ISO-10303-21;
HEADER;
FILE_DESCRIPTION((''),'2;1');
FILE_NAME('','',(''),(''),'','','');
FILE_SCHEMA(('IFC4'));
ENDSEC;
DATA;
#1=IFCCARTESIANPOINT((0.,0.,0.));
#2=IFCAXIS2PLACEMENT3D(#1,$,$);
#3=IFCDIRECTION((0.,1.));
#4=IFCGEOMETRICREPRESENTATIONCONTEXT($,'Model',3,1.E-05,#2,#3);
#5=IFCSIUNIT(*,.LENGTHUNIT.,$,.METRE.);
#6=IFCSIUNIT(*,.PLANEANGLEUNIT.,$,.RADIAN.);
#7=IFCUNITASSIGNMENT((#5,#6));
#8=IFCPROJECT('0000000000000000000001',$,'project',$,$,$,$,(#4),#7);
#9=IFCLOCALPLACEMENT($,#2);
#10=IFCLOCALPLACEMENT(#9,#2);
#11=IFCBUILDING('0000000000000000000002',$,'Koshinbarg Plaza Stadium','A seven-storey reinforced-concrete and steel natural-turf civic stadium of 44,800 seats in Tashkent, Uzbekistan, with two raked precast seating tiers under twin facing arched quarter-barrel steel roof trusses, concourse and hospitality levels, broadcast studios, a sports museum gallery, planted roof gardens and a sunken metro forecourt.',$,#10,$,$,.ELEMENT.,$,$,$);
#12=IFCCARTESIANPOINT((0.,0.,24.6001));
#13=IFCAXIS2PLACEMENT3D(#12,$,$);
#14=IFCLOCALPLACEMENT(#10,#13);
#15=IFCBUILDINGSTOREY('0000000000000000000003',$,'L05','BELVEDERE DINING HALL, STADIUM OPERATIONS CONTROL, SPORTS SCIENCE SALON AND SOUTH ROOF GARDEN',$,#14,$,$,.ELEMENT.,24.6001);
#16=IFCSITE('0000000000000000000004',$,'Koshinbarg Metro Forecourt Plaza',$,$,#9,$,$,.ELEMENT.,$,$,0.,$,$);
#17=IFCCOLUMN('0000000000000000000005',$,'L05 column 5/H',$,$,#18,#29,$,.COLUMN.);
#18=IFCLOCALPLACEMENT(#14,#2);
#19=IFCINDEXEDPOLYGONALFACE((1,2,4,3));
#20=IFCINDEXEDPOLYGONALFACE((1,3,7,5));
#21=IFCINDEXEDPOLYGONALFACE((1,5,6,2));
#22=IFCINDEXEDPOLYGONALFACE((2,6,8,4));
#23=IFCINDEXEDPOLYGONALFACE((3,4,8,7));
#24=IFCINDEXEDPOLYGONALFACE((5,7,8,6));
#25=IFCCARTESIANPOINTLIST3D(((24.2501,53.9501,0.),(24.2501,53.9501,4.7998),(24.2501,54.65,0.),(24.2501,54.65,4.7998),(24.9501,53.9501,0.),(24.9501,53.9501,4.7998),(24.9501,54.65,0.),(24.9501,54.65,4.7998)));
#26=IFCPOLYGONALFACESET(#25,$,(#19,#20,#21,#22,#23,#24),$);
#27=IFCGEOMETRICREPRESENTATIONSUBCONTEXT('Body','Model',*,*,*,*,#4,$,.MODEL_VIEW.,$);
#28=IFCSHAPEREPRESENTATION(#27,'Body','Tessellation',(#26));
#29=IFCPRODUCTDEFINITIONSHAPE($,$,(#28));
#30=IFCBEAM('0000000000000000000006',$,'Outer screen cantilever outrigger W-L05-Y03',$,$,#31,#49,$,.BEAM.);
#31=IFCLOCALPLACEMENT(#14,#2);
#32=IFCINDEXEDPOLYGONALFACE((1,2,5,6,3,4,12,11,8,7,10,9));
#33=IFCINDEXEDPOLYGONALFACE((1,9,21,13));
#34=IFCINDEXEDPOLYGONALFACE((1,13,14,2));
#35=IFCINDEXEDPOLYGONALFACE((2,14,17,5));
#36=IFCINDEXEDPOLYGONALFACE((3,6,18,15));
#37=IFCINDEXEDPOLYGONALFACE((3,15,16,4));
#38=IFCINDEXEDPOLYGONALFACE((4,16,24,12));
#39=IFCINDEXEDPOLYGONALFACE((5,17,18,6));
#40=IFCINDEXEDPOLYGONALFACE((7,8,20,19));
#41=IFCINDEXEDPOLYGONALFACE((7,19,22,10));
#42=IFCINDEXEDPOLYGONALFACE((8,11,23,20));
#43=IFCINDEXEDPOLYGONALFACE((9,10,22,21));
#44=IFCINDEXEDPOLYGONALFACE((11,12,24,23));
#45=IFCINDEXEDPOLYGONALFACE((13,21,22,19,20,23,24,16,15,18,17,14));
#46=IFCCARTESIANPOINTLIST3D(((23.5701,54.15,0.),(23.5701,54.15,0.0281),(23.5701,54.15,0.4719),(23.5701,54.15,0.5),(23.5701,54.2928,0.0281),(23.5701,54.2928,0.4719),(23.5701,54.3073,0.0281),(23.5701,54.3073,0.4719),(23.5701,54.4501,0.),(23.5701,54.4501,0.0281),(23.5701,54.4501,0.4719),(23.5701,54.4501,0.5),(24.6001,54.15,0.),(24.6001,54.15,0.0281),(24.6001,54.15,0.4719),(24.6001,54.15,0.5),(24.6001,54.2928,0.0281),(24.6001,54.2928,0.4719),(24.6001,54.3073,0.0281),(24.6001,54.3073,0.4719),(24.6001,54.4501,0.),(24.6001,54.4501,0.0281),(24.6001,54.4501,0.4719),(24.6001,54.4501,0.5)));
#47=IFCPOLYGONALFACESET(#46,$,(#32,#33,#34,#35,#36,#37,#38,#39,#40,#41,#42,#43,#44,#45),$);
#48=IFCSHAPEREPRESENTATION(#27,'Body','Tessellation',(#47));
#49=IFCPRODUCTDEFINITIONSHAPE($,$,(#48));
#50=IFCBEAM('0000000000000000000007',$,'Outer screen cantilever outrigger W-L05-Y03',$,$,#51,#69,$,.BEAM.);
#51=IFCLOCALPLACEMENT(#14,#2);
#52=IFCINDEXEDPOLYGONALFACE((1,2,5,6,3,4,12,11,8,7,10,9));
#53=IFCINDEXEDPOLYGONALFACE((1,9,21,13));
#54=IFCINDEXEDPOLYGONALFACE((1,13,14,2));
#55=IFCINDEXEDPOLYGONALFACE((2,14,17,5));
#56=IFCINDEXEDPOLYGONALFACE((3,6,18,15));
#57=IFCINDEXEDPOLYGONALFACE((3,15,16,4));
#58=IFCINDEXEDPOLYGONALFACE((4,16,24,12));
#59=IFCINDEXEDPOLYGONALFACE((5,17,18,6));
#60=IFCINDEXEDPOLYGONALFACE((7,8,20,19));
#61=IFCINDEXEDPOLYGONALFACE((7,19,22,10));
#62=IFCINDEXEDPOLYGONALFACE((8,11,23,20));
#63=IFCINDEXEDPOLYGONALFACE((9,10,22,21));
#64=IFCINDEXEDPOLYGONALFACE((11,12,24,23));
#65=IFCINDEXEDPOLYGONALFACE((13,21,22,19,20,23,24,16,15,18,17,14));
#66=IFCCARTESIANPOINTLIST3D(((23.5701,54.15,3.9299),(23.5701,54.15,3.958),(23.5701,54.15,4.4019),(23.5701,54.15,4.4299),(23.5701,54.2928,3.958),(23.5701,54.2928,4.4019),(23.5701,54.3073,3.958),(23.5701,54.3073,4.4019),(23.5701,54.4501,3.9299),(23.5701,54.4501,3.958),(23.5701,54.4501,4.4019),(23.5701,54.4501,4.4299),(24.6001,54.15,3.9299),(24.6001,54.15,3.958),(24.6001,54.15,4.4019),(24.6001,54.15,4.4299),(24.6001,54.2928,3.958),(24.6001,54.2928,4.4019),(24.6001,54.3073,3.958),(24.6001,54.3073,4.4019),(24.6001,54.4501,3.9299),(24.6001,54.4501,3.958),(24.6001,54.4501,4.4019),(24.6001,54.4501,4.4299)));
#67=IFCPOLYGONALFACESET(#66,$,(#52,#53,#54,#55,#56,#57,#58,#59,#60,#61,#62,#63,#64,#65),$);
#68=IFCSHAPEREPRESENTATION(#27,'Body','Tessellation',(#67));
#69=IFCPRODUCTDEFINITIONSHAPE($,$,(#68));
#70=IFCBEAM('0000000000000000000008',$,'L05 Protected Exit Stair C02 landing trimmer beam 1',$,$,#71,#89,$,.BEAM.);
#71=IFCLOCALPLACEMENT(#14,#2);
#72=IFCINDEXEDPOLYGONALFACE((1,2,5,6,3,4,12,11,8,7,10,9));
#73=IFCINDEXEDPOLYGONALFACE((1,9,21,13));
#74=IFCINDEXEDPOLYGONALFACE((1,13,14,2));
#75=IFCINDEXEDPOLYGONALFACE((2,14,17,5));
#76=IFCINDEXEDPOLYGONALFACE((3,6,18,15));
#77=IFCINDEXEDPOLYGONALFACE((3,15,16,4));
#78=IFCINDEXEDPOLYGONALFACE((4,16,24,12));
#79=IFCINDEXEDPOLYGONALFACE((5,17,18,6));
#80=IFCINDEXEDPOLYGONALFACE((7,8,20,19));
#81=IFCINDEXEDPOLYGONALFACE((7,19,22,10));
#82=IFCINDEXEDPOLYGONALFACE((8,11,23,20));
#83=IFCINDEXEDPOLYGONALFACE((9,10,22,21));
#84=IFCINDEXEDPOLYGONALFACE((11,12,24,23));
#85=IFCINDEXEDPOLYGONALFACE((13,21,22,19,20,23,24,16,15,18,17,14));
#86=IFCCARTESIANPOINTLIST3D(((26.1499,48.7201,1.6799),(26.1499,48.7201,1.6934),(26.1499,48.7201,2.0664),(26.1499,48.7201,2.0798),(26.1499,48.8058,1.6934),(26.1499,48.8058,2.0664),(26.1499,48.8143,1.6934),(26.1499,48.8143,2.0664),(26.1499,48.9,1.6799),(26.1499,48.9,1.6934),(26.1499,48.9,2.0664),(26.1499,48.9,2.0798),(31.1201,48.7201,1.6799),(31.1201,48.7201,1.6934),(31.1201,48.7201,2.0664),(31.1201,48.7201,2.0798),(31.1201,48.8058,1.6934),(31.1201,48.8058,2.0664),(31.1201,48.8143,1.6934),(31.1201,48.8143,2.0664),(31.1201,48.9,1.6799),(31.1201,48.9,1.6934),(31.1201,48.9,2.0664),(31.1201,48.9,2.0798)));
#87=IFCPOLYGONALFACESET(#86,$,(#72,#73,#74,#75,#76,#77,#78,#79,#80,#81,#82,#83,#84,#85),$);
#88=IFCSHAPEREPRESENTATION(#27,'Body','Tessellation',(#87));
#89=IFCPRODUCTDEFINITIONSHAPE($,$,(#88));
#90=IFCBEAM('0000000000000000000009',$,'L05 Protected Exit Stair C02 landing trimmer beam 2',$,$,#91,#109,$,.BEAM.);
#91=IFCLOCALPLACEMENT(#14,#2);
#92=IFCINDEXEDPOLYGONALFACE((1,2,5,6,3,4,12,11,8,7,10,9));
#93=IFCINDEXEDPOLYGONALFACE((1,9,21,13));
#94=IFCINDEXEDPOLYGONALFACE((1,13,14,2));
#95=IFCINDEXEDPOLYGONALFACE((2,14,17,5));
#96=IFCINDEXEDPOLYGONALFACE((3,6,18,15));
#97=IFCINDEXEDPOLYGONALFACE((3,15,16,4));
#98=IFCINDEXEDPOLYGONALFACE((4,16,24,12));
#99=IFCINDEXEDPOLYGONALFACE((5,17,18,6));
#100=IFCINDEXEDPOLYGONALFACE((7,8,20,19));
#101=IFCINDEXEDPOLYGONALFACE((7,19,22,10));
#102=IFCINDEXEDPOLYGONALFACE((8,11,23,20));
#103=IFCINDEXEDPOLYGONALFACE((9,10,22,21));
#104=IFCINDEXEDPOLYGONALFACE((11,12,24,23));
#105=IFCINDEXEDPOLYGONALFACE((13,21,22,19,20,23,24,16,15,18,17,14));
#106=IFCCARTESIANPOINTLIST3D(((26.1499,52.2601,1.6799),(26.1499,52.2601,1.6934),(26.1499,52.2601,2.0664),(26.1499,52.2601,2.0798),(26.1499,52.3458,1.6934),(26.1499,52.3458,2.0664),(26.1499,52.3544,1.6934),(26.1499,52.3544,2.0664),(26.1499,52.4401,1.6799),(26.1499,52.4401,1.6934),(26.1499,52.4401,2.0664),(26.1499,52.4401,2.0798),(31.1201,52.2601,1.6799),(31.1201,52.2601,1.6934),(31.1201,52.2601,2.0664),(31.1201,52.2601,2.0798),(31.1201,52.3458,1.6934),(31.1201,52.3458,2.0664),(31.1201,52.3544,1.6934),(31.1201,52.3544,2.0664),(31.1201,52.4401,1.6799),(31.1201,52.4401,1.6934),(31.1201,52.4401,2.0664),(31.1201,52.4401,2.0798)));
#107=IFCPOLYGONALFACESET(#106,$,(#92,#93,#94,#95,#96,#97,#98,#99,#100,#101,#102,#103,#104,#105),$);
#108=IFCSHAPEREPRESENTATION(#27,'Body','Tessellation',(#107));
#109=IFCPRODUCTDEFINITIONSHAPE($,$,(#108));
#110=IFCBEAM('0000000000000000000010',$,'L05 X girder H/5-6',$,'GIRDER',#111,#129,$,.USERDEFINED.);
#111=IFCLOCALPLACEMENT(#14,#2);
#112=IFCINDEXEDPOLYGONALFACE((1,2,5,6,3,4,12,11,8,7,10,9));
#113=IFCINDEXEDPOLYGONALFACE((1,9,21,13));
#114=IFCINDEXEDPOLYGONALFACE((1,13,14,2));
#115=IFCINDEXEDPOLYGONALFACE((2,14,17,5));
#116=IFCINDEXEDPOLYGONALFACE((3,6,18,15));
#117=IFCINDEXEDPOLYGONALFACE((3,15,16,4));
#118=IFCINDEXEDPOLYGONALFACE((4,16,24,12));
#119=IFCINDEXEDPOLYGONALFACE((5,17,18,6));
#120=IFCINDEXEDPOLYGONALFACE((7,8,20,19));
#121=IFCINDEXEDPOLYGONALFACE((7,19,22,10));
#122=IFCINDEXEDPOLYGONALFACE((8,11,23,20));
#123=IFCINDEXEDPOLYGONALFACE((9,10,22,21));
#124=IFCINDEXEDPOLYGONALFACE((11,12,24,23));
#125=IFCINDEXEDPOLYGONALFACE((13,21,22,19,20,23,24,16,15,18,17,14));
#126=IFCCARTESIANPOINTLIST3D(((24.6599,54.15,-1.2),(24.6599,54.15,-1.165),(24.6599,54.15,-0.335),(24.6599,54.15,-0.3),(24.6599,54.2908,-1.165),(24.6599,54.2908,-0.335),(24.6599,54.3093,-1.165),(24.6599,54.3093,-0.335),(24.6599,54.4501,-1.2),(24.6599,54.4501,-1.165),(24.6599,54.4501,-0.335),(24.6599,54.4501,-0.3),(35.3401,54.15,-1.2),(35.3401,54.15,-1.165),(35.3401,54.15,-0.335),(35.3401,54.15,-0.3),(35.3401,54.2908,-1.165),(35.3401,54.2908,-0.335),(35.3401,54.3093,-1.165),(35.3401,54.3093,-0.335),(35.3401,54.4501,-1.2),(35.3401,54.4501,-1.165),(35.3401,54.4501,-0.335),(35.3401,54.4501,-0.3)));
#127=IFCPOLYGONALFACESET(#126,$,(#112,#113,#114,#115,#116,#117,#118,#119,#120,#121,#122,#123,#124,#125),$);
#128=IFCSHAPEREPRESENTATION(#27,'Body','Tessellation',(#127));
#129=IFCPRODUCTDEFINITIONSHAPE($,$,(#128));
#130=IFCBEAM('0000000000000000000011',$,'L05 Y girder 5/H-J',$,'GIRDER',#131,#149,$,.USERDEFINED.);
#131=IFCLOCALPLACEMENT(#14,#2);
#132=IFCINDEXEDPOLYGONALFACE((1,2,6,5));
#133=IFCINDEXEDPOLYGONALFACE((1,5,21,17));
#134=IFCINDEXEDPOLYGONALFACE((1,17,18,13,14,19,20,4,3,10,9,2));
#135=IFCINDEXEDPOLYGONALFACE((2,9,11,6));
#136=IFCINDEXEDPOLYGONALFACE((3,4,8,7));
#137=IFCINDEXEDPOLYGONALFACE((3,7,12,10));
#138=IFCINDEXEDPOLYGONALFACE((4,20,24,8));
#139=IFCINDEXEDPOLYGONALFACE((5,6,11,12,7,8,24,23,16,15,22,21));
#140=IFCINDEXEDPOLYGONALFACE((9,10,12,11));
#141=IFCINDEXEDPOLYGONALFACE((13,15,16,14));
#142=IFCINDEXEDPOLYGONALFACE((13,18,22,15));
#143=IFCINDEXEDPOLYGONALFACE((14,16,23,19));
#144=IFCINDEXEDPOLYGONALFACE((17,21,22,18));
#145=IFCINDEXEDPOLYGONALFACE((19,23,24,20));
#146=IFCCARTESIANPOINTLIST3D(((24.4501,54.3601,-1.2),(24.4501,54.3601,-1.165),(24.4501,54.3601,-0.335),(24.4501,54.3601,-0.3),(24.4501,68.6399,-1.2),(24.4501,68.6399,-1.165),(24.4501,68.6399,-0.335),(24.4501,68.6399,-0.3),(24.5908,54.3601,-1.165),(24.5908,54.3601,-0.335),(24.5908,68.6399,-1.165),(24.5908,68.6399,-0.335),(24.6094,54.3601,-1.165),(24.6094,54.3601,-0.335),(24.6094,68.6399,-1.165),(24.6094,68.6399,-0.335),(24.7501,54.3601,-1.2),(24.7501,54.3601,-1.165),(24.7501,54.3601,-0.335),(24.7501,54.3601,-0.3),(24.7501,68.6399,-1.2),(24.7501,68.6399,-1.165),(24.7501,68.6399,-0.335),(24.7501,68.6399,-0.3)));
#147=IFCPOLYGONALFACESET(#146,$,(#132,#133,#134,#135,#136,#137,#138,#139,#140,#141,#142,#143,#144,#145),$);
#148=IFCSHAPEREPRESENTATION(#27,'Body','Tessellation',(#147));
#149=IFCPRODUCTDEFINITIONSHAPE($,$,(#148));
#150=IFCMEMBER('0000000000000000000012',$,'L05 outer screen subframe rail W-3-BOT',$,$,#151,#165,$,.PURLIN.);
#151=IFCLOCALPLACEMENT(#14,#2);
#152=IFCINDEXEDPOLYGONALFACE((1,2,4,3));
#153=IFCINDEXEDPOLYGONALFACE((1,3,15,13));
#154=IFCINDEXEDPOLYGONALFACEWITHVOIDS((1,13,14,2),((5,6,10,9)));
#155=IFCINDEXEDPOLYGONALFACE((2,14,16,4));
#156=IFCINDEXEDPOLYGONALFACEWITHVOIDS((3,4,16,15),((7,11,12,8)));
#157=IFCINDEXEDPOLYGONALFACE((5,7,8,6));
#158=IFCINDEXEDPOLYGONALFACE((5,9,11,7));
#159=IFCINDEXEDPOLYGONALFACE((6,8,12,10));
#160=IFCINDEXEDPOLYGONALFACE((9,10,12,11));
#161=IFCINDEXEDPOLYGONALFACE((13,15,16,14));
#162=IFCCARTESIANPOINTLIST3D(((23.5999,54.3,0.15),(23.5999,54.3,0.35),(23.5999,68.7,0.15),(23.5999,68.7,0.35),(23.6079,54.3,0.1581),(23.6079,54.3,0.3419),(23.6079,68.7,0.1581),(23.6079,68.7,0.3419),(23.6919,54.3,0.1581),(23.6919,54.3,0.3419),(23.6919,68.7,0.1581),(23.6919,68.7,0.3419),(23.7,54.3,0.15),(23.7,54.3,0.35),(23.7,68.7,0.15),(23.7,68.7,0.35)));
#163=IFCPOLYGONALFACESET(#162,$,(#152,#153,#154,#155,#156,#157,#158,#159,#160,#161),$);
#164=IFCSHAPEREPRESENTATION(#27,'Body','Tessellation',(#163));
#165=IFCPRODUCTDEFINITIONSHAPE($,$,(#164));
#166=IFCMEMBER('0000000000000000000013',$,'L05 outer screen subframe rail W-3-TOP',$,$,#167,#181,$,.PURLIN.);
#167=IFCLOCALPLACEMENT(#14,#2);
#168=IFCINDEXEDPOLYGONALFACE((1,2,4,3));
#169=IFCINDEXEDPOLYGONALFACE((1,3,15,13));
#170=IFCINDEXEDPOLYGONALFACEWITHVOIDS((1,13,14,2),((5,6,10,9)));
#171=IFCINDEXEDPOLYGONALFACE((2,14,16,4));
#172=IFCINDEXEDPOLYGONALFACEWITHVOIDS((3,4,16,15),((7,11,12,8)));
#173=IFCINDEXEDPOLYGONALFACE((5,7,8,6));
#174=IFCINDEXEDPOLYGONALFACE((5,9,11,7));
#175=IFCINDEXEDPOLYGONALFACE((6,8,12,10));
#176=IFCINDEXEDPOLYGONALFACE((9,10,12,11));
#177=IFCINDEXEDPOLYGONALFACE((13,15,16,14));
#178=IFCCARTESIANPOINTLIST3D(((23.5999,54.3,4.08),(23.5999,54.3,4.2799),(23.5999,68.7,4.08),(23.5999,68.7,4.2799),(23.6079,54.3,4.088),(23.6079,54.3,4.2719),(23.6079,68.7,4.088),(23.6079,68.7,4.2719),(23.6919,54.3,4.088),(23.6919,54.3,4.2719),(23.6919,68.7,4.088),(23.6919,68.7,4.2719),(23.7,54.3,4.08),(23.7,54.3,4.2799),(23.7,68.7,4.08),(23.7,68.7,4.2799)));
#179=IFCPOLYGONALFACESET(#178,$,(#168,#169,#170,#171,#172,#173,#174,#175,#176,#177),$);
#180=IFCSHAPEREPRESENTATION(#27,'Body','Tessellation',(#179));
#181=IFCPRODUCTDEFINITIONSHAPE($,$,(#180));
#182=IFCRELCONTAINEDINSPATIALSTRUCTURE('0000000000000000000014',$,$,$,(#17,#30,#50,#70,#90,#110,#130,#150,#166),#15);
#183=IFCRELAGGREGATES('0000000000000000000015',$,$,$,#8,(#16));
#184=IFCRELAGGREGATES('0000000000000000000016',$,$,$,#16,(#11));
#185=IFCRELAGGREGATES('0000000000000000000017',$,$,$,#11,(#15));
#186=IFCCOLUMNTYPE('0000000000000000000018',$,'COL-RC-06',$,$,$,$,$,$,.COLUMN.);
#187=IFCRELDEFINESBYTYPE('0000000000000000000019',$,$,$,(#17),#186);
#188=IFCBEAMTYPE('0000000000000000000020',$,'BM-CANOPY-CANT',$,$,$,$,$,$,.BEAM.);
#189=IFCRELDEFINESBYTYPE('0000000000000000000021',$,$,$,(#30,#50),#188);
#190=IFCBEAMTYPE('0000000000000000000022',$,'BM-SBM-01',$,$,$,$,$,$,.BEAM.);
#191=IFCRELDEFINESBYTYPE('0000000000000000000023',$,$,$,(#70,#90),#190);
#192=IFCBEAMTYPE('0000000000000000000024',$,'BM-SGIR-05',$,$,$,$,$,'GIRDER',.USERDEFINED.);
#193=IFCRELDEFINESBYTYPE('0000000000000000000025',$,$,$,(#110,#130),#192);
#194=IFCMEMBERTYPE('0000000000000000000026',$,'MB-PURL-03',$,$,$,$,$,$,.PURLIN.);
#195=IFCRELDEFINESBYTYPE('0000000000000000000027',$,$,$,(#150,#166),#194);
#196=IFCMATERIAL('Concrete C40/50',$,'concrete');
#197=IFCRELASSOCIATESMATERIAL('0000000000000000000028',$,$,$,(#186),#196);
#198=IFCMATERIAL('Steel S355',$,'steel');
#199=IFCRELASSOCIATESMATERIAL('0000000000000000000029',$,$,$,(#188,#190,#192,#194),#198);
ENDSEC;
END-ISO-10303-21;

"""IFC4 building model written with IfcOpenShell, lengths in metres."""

from ifc_helpers import new_model, si_unit, direction, frame, origin, origin_2d, place, context, subcontext, project, spatial, rectangle, hollow_rectangle, i_section, extrude, material, material_profile, profile_set, type_object, element, save


model = new_model("IFC4")

# Units and contexts
model_context = context("Model", 3, precision=1e-05, world=origin(), true_north=direction((0.0, 1.0)))
body_context = subcontext(model_context, "Body", "Model", "MODEL_VIEW")
ifc_project = project(units=[si_unit("LENGTHUNIT", "METRE"), si_unit("PLANEANGLEUNIT", "RADIAN")], contexts=[model_context])

# Site, building, storey
site_placement = place(None, origin())
site = spatial("IfcSite", under=ifc_project, at=site_placement, Name="Koshinbarg Metro Forecourt Plaza", CompositionType="ELEMENT", RefElevation=0.0)
building_placement = place(site_placement, origin())
building = spatial("IfcBuilding", under=site, at=building_placement, Name="Koshinbarg Plaza Stadium", Description="A seven-storey reinforced-concrete and steel natural-turf civic stadium of 44,800 seats in Tashkent, Uzbekistan, with two raked precast seating tiers under twin facing arched quarter-barrel steel roof trusses, concourse and hospitality levels, broadcast studios, a sports museum gallery, planted roof gardens and a sunken metro forecourt.", CompositionType="ELEMENT")
storey_placement = place(building_placement, frame((0.0, 0.0, 24.6001)))
storey = spatial("IfcBuildingStorey", under=building, at=storey_placement, Name="L05", Description="BELVEDERE DINING HALL, STADIUM OPERATIONS CONTROL, SPORTS SCIENCE SALON AND SOUTH ROOF GARDEN", CompositionType="ELEMENT", Elevation=24.6001)

# Column
ifc_material_1 = material(Name="Concrete C40/50", Category="concrete")
ifc_material_profile_1 = material_profile(ifc_material_1, rectangle(XDim=0.7, YDim=0.7, at=origin_2d()), Name="RC 700x700")
ifc_profile_set_1 = profile_set([ifc_material_profile_1], Name="Concrete C40/50")
column_type = type_object("IfcColumnType", Name="COL-RC-06", PredefinedType="COLUMN", material=ifc_profile_set_1)
column_placement = place(storey_placement, frame((24.6001, 54.3, 0.0), z_axis=(0.0, 0.0, 1.0), x_axis=(1.0, 0.0, 0.0)))
element("IfcColumn", 1, at=column_placement, inside=storey, type_object=column_type, Name="L05 column 5/H", PredefinedType="COLUMN", context=body_context, shape_type="SweptSolid", body=[
    extrude(rectangle(XDim=0.7, YDim=0.7, at=origin_2d()), origin(), (0.0, 0.0, 1.0), 4.7998),
])

# Beams
ifc_material_2 = material(Name="Steel S355", Category="steel")
ifc_material_profile_2 = material_profile(ifc_material_2, i_section(OverallWidth=0.3, OverallDepth=0.5, WebThickness=0.0144, FlangeThickness=0.0281, at=origin_2d()), Name="HEB 500")
ifc_profile_set_2 = profile_set([ifc_material_profile_2], Name="Steel S355")
beam_type_1 = type_object("IfcBeamType", Name="BM-CANOPY-CANT", PredefinedType="BEAM", material=ifc_profile_set_2)
for number, where, z_axis, x_axis, name in (
    (2, (24.6001, 54.3, 0.25), (-1.0, 0.0, 0.0), (0.0, -1.0, 0.0), "Outer screen cantilever outrigger W-L05-Y03"),
    (3, (24.6001, 54.3, 4.1799), (-1.0, 0.0, 0.0), (0.0, -1.0, 0.0), "Outer screen cantilever outrigger W-L05-Y03"),
):
    element("IfcBeam", number, at=place(storey_placement, frame(where, z_axis=z_axis, x_axis=x_axis)), inside=storey, type_object=beam_type_1, Name=name, PredefinedType="BEAM", context=body_context, shape_type="SweptSolid", body=[
        extrude(i_section(OverallWidth=0.3, OverallDepth=0.5, WebThickness=0.0144, FlangeThickness=0.0281, at=origin_2d()), origin(), (0.0, 0.0, 1.0), 1.03),
    ])
ifc_material_profile_3 = material_profile(ifc_material_2, i_section(OverallWidth=0.1799, OverallDepth=0.3999, WebThickness=0.0085, FlangeThickness=0.0134, at=origin_2d()), Name="IPE 400")
ifc_profile_set_3 = profile_set([ifc_material_profile_3], Name="Steel S355")
beam_type_2 = type_object("IfcBeamType", Name="BM-SBM-01", PredefinedType="BEAM", material=ifc_profile_set_3)
for number, where, z_axis, x_axis, name in (
    (4, (26.1499, 48.8101, 1.8799), (1.0, 0.0, 0.0), (0.0, 1.0, 0.0), "L05 Protected Exit Stair C02 landing trimmer beam 1"),
    (5, (26.1499, 52.3501, 1.8799), (1.0, 0.0, 0.0), (0.0, 1.0, 0.0), "L05 Protected Exit Stair C02 landing trimmer beam 2"),
):
    element("IfcBeam", number, at=place(storey_placement, frame(where, z_axis=z_axis, x_axis=x_axis)), inside=storey, type_object=beam_type_2, Name=name, PredefinedType="BEAM", context=body_context, shape_type="SweptSolid", body=[
        extrude(i_section(OverallWidth=0.1799, OverallDepth=0.3999, WebThickness=0.0085, FlangeThickness=0.0134, at=origin_2d()), origin(), (0.0, 0.0, 1.0), 4.9702),
    ])
ifc_material_profile_4 = material_profile(ifc_material_2, i_section(OverallWidth=0.3, OverallDepth=0.8999, WebThickness=0.0186, FlangeThickness=0.0349, at=origin_2d()), Name="HEB 900")
ifc_profile_set_4 = profile_set([ifc_material_profile_4], Name="Steel S355")
beam_type_3 = type_object("IfcBeamType", Name="BM-SGIR-05", ElementType="GIRDER", PredefinedType="USERDEFINED", material=ifc_profile_set_4)
beam_1_placement = place(storey_placement, frame((24.6599, 54.3, -0.75), z_axis=(1.0, 0.0, 0.0), x_axis=(0.0, 1.0, 0.0)))
element("IfcBeam", 6, at=beam_1_placement, inside=storey, type_object=beam_type_3, Name="L05 X girder H/5-6", ObjectType="GIRDER", PredefinedType="USERDEFINED", context=body_context, shape_type="SweptSolid", body=[
    extrude(i_section(OverallWidth=0.3, OverallDepth=0.8999, WebThickness=0.0186, FlangeThickness=0.0349, at=origin_2d()), origin(), (0.0, 0.0, 1.0), 10.6802),
])
beam_2_placement = place(storey_placement, frame((24.6001, 54.3601, -0.75), z_axis=(0.0, 1.0, 0.0), x_axis=(-1.0, 0.0, 0.0)))
element("IfcBeam", 7, at=beam_2_placement, inside=storey, type_object=beam_type_3, Name="L05 Y girder 5/H-J", ObjectType="GIRDER", PredefinedType="USERDEFINED", context=body_context, shape_type="SweptSolid", body=[
    extrude(i_section(OverallWidth=0.3, OverallDepth=0.8999, WebThickness=0.0186, FlangeThickness=0.0349, at=origin_2d()), origin(), (0.0, 0.0, 1.0), 14.2798),
])

# Members
ifc_material_profile_5 = material_profile(ifc_material_2, hollow_rectangle(XDim=0.1001, YDim=0.2, WallThickness=0.0081, at=origin_2d()), Name="RHS 200x100x8")
ifc_profile_set_5 = profile_set([ifc_material_profile_5], Name="Steel S355")
member_type = type_object("IfcMemberType", Name="MB-PURL-03", PredefinedType="PURLIN", material=ifc_profile_set_5)
for number, where, z_axis, x_axis, name in (
    (8, (23.6499, 54.3, 0.25), (0.0, 1.0, 0.0), (-1.0, 0.0, 0.0), "L05 outer screen subframe rail W-3-BOT"),
    (9, (23.6499, 54.3, 4.1799), (0.0, 1.0, 0.0), (-1.0, 0.0, 0.0), "L05 outer screen subframe rail W-3-TOP"),
):
    element("IfcMember", number, at=place(storey_placement, frame(where, z_axis=z_axis, x_axis=x_axis)), inside=storey, type_object=member_type, Name=name, PredefinedType="PURLIN", context=body_context, shape_type="SweptSolid", body=[
        extrude(hollow_rectangle(XDim=0.1001, YDim=0.2, WallThickness=0.0081, at=origin_2d()), origin(), (0.0, 0.0, 1.0), 14.3999),
    ])

save(model, "model.ifc")
